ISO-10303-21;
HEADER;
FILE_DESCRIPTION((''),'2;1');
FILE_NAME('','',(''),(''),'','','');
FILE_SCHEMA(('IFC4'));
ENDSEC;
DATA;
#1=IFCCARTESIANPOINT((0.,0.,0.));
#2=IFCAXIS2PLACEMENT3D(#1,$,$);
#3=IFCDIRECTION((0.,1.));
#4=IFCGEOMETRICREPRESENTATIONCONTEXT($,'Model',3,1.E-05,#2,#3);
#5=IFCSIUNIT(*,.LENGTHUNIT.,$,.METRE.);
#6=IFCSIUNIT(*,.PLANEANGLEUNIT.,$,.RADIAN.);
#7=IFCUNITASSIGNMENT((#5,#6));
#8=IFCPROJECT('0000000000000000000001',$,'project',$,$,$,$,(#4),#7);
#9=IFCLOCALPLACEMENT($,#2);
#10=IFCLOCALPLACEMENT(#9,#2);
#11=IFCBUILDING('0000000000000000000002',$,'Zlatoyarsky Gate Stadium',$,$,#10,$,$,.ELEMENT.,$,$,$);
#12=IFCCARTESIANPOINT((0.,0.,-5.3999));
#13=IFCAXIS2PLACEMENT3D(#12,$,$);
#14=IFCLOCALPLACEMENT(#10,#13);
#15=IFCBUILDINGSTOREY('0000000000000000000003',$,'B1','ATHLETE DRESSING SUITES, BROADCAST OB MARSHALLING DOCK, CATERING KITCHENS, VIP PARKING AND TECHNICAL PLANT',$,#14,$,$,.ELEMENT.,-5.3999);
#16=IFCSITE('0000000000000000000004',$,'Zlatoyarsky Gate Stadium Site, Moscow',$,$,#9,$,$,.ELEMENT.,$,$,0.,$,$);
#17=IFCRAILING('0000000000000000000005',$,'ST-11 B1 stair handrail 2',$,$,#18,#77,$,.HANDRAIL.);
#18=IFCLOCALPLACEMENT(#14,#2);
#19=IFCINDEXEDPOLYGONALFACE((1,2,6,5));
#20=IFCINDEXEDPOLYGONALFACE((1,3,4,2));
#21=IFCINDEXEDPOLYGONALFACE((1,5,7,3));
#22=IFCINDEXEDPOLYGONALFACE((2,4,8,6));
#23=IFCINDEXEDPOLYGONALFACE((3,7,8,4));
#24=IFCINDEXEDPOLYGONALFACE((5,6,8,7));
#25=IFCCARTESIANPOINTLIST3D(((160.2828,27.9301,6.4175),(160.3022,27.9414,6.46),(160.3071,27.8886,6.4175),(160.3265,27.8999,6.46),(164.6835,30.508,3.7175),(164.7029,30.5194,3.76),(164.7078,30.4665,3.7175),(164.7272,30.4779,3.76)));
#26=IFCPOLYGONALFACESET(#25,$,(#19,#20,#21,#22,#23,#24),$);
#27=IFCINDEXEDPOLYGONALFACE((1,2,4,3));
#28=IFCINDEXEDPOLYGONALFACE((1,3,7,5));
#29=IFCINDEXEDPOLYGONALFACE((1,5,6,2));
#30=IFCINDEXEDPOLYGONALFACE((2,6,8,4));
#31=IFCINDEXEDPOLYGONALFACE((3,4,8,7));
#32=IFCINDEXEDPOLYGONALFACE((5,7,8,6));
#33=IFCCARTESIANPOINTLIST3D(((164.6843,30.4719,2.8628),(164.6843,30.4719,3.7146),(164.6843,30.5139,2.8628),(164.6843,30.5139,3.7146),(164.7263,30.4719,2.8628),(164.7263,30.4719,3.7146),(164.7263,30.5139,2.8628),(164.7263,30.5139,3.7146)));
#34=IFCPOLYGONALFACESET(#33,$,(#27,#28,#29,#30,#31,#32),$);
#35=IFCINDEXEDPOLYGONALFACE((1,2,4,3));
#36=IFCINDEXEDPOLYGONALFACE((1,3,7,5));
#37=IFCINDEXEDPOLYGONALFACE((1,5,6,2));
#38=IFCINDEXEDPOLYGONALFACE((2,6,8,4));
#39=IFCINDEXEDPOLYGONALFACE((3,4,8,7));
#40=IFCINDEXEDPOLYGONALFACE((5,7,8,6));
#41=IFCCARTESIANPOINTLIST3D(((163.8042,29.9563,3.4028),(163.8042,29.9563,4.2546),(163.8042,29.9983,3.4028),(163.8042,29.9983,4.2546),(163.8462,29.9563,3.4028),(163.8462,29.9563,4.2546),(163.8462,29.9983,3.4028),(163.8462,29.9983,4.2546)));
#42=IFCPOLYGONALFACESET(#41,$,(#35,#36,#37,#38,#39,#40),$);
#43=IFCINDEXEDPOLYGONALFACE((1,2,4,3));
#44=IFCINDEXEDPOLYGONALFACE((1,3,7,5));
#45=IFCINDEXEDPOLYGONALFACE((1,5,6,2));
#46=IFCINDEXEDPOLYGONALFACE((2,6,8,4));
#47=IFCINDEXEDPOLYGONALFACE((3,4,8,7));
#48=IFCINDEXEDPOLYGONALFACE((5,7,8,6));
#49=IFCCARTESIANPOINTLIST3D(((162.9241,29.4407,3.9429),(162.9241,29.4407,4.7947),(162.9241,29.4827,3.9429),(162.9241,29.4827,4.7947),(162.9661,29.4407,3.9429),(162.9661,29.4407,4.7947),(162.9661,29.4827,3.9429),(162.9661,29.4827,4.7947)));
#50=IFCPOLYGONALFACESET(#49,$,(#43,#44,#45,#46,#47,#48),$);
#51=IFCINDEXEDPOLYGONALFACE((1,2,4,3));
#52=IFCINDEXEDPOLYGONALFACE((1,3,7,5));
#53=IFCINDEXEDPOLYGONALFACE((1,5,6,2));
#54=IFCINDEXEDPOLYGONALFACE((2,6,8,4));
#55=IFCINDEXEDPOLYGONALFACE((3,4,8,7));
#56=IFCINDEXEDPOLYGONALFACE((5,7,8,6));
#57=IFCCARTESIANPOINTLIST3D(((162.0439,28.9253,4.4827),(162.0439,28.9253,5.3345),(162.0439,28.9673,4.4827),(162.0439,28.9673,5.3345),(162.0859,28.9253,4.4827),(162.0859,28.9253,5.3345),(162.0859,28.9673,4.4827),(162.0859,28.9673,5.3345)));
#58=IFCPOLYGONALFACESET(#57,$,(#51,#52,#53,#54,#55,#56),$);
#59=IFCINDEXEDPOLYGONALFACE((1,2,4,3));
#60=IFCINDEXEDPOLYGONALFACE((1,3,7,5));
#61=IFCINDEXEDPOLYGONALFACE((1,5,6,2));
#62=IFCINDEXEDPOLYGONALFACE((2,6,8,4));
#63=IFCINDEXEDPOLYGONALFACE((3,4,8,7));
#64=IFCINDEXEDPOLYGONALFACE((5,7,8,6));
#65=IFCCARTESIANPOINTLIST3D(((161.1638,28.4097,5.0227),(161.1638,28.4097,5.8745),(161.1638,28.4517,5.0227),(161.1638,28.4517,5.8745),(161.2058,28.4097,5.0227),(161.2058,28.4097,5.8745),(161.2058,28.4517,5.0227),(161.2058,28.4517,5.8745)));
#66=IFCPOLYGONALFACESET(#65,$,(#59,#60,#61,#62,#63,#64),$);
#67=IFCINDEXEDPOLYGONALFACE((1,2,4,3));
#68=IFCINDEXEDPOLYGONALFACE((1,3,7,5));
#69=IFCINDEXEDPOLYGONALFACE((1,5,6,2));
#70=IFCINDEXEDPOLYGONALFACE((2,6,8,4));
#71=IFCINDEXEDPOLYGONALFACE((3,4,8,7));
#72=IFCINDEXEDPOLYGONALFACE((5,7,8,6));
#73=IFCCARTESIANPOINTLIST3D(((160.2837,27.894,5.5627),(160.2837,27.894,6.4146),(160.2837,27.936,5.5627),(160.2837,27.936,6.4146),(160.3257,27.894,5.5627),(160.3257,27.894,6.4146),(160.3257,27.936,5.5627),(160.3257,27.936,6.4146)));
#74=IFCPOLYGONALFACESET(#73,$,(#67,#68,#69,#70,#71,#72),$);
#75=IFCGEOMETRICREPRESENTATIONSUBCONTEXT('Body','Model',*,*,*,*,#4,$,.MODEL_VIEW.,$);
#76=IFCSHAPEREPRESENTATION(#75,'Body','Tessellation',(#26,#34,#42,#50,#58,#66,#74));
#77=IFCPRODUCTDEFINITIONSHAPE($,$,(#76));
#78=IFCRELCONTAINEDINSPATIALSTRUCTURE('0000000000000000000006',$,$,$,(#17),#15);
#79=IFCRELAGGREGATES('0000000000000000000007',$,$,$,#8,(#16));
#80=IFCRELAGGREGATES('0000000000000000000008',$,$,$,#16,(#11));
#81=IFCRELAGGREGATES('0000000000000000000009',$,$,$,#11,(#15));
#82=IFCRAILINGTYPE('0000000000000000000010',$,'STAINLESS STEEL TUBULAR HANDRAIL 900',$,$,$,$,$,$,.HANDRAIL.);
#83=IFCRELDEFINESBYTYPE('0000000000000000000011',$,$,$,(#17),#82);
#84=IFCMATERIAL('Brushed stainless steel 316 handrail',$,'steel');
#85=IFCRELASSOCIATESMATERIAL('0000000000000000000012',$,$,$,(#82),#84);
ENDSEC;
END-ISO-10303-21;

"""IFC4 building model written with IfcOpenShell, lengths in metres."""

from ifc_helpers import new_model, si_unit, direction, frame, origin, origin_2d, place, context, subcontext, project, spatial, rectangle, extrude, material, type_object, element, save


model = new_model("IFC4")

# Units and contexts
model_context = context("Model", 3, precision=1e-05, world=origin(), true_north=direction((0.0, 1.0)))
body_context = subcontext(model_context, "Body", "Model", "MODEL_VIEW")
ifc_project = project(units=[si_unit("LENGTHUNIT", "METRE"), si_unit("PLANEANGLEUNIT", "RADIAN")], contexts=[model_context])

# Site, building, storey
site_placement = place(None, origin())
site = spatial("IfcSite", under=ifc_project, at=site_placement, Name="Zlatoyarsky Gate Stadium Site, Moscow", CompositionType="ELEMENT", RefElevation=0.0)
building_placement = place(site_placement, origin())
building = spatial("IfcBuilding", under=site, at=building_placement, Name="Zlatoyarsky Gate Stadium", CompositionType="ELEMENT")
storey_placement = place(building_placement, frame((0.0, 0.0, -5.3999)))
storey = spatial("IfcBuildingStorey", under=building, at=storey_placement, Name="B1", Description="ATHLETE DRESSING SUITES, BROADCAST OB MARSHALLING DOCK, CATERING KITCHENS, VIP PARKING AND TECHNICAL PLANT", CompositionType="ELEMENT", Elevation=-5.3999)

# Railing
ifc_material_1 = material(Name="Brushed stainless steel 316 handrail", Category="steel")
railing_type_1 = type_object("IfcRailingType", Name="STAINLESS STEEL TUBULAR HANDRAIL 900", PredefinedType="HANDRAIL", material=ifc_material_1)
railing_1_placement = place(storey_placement, frame((164.7053, 30.4929, 2.8628)))
element("IfcRailing", 1, at=railing_1_placement, inside=storey, type_object=railing_type_1, Name="ST-11 B1 stair handrail 2", PredefinedType="HANDRAIL", context=body_context, shape_type="SweptSolid", body=[
    extrude(rectangle(XDim=0.0481, YDim=0.0481, at=origin_2d()), frame((0.0, 0.0, 0.876), z_axis=(-0.762585, -0.44672, 0.467874), x_axis=(0.505457, -0.862852, 0.0)), (0.0, 0.0, 1.0), 5.7708),
    extrude(rectangle(XDim=0.042, YDim=0.042, at=origin_2d()), origin(), (0.0, 0.0, 1.0), 0.8518),
    extrude(rectangle(XDim=0.042, YDim=0.042, at=origin_2d()), frame((-0.8801, -0.5156, 0.54)), (0.0, 0.0, 1.0), 0.8518),
    extrude(rectangle(XDim=0.042, YDim=0.042, at=origin_2d()), frame((-1.7603, -1.0312, 1.0801)), (0.0, 0.0, 1.0), 0.8518),
    extrude(rectangle(XDim=0.042, YDim=0.042, at=origin_2d()), frame((-2.6404, -1.5466, 1.6199)), (0.0, 0.0, 1.0), 0.8518),
    extrude(rectangle(XDim=0.042, YDim=0.042, at=origin_2d()), frame((-3.5205, -2.0623, 2.1599)), (0.0, 0.0, 1.0), 0.8518),
    extrude(rectangle(XDim=0.042, YDim=0.042, at=origin_2d()), frame((-4.4006, -2.5779, 2.7)), (0.0, 0.0, 1.0), 0.8518),
])

save(model, "model.ifc")
